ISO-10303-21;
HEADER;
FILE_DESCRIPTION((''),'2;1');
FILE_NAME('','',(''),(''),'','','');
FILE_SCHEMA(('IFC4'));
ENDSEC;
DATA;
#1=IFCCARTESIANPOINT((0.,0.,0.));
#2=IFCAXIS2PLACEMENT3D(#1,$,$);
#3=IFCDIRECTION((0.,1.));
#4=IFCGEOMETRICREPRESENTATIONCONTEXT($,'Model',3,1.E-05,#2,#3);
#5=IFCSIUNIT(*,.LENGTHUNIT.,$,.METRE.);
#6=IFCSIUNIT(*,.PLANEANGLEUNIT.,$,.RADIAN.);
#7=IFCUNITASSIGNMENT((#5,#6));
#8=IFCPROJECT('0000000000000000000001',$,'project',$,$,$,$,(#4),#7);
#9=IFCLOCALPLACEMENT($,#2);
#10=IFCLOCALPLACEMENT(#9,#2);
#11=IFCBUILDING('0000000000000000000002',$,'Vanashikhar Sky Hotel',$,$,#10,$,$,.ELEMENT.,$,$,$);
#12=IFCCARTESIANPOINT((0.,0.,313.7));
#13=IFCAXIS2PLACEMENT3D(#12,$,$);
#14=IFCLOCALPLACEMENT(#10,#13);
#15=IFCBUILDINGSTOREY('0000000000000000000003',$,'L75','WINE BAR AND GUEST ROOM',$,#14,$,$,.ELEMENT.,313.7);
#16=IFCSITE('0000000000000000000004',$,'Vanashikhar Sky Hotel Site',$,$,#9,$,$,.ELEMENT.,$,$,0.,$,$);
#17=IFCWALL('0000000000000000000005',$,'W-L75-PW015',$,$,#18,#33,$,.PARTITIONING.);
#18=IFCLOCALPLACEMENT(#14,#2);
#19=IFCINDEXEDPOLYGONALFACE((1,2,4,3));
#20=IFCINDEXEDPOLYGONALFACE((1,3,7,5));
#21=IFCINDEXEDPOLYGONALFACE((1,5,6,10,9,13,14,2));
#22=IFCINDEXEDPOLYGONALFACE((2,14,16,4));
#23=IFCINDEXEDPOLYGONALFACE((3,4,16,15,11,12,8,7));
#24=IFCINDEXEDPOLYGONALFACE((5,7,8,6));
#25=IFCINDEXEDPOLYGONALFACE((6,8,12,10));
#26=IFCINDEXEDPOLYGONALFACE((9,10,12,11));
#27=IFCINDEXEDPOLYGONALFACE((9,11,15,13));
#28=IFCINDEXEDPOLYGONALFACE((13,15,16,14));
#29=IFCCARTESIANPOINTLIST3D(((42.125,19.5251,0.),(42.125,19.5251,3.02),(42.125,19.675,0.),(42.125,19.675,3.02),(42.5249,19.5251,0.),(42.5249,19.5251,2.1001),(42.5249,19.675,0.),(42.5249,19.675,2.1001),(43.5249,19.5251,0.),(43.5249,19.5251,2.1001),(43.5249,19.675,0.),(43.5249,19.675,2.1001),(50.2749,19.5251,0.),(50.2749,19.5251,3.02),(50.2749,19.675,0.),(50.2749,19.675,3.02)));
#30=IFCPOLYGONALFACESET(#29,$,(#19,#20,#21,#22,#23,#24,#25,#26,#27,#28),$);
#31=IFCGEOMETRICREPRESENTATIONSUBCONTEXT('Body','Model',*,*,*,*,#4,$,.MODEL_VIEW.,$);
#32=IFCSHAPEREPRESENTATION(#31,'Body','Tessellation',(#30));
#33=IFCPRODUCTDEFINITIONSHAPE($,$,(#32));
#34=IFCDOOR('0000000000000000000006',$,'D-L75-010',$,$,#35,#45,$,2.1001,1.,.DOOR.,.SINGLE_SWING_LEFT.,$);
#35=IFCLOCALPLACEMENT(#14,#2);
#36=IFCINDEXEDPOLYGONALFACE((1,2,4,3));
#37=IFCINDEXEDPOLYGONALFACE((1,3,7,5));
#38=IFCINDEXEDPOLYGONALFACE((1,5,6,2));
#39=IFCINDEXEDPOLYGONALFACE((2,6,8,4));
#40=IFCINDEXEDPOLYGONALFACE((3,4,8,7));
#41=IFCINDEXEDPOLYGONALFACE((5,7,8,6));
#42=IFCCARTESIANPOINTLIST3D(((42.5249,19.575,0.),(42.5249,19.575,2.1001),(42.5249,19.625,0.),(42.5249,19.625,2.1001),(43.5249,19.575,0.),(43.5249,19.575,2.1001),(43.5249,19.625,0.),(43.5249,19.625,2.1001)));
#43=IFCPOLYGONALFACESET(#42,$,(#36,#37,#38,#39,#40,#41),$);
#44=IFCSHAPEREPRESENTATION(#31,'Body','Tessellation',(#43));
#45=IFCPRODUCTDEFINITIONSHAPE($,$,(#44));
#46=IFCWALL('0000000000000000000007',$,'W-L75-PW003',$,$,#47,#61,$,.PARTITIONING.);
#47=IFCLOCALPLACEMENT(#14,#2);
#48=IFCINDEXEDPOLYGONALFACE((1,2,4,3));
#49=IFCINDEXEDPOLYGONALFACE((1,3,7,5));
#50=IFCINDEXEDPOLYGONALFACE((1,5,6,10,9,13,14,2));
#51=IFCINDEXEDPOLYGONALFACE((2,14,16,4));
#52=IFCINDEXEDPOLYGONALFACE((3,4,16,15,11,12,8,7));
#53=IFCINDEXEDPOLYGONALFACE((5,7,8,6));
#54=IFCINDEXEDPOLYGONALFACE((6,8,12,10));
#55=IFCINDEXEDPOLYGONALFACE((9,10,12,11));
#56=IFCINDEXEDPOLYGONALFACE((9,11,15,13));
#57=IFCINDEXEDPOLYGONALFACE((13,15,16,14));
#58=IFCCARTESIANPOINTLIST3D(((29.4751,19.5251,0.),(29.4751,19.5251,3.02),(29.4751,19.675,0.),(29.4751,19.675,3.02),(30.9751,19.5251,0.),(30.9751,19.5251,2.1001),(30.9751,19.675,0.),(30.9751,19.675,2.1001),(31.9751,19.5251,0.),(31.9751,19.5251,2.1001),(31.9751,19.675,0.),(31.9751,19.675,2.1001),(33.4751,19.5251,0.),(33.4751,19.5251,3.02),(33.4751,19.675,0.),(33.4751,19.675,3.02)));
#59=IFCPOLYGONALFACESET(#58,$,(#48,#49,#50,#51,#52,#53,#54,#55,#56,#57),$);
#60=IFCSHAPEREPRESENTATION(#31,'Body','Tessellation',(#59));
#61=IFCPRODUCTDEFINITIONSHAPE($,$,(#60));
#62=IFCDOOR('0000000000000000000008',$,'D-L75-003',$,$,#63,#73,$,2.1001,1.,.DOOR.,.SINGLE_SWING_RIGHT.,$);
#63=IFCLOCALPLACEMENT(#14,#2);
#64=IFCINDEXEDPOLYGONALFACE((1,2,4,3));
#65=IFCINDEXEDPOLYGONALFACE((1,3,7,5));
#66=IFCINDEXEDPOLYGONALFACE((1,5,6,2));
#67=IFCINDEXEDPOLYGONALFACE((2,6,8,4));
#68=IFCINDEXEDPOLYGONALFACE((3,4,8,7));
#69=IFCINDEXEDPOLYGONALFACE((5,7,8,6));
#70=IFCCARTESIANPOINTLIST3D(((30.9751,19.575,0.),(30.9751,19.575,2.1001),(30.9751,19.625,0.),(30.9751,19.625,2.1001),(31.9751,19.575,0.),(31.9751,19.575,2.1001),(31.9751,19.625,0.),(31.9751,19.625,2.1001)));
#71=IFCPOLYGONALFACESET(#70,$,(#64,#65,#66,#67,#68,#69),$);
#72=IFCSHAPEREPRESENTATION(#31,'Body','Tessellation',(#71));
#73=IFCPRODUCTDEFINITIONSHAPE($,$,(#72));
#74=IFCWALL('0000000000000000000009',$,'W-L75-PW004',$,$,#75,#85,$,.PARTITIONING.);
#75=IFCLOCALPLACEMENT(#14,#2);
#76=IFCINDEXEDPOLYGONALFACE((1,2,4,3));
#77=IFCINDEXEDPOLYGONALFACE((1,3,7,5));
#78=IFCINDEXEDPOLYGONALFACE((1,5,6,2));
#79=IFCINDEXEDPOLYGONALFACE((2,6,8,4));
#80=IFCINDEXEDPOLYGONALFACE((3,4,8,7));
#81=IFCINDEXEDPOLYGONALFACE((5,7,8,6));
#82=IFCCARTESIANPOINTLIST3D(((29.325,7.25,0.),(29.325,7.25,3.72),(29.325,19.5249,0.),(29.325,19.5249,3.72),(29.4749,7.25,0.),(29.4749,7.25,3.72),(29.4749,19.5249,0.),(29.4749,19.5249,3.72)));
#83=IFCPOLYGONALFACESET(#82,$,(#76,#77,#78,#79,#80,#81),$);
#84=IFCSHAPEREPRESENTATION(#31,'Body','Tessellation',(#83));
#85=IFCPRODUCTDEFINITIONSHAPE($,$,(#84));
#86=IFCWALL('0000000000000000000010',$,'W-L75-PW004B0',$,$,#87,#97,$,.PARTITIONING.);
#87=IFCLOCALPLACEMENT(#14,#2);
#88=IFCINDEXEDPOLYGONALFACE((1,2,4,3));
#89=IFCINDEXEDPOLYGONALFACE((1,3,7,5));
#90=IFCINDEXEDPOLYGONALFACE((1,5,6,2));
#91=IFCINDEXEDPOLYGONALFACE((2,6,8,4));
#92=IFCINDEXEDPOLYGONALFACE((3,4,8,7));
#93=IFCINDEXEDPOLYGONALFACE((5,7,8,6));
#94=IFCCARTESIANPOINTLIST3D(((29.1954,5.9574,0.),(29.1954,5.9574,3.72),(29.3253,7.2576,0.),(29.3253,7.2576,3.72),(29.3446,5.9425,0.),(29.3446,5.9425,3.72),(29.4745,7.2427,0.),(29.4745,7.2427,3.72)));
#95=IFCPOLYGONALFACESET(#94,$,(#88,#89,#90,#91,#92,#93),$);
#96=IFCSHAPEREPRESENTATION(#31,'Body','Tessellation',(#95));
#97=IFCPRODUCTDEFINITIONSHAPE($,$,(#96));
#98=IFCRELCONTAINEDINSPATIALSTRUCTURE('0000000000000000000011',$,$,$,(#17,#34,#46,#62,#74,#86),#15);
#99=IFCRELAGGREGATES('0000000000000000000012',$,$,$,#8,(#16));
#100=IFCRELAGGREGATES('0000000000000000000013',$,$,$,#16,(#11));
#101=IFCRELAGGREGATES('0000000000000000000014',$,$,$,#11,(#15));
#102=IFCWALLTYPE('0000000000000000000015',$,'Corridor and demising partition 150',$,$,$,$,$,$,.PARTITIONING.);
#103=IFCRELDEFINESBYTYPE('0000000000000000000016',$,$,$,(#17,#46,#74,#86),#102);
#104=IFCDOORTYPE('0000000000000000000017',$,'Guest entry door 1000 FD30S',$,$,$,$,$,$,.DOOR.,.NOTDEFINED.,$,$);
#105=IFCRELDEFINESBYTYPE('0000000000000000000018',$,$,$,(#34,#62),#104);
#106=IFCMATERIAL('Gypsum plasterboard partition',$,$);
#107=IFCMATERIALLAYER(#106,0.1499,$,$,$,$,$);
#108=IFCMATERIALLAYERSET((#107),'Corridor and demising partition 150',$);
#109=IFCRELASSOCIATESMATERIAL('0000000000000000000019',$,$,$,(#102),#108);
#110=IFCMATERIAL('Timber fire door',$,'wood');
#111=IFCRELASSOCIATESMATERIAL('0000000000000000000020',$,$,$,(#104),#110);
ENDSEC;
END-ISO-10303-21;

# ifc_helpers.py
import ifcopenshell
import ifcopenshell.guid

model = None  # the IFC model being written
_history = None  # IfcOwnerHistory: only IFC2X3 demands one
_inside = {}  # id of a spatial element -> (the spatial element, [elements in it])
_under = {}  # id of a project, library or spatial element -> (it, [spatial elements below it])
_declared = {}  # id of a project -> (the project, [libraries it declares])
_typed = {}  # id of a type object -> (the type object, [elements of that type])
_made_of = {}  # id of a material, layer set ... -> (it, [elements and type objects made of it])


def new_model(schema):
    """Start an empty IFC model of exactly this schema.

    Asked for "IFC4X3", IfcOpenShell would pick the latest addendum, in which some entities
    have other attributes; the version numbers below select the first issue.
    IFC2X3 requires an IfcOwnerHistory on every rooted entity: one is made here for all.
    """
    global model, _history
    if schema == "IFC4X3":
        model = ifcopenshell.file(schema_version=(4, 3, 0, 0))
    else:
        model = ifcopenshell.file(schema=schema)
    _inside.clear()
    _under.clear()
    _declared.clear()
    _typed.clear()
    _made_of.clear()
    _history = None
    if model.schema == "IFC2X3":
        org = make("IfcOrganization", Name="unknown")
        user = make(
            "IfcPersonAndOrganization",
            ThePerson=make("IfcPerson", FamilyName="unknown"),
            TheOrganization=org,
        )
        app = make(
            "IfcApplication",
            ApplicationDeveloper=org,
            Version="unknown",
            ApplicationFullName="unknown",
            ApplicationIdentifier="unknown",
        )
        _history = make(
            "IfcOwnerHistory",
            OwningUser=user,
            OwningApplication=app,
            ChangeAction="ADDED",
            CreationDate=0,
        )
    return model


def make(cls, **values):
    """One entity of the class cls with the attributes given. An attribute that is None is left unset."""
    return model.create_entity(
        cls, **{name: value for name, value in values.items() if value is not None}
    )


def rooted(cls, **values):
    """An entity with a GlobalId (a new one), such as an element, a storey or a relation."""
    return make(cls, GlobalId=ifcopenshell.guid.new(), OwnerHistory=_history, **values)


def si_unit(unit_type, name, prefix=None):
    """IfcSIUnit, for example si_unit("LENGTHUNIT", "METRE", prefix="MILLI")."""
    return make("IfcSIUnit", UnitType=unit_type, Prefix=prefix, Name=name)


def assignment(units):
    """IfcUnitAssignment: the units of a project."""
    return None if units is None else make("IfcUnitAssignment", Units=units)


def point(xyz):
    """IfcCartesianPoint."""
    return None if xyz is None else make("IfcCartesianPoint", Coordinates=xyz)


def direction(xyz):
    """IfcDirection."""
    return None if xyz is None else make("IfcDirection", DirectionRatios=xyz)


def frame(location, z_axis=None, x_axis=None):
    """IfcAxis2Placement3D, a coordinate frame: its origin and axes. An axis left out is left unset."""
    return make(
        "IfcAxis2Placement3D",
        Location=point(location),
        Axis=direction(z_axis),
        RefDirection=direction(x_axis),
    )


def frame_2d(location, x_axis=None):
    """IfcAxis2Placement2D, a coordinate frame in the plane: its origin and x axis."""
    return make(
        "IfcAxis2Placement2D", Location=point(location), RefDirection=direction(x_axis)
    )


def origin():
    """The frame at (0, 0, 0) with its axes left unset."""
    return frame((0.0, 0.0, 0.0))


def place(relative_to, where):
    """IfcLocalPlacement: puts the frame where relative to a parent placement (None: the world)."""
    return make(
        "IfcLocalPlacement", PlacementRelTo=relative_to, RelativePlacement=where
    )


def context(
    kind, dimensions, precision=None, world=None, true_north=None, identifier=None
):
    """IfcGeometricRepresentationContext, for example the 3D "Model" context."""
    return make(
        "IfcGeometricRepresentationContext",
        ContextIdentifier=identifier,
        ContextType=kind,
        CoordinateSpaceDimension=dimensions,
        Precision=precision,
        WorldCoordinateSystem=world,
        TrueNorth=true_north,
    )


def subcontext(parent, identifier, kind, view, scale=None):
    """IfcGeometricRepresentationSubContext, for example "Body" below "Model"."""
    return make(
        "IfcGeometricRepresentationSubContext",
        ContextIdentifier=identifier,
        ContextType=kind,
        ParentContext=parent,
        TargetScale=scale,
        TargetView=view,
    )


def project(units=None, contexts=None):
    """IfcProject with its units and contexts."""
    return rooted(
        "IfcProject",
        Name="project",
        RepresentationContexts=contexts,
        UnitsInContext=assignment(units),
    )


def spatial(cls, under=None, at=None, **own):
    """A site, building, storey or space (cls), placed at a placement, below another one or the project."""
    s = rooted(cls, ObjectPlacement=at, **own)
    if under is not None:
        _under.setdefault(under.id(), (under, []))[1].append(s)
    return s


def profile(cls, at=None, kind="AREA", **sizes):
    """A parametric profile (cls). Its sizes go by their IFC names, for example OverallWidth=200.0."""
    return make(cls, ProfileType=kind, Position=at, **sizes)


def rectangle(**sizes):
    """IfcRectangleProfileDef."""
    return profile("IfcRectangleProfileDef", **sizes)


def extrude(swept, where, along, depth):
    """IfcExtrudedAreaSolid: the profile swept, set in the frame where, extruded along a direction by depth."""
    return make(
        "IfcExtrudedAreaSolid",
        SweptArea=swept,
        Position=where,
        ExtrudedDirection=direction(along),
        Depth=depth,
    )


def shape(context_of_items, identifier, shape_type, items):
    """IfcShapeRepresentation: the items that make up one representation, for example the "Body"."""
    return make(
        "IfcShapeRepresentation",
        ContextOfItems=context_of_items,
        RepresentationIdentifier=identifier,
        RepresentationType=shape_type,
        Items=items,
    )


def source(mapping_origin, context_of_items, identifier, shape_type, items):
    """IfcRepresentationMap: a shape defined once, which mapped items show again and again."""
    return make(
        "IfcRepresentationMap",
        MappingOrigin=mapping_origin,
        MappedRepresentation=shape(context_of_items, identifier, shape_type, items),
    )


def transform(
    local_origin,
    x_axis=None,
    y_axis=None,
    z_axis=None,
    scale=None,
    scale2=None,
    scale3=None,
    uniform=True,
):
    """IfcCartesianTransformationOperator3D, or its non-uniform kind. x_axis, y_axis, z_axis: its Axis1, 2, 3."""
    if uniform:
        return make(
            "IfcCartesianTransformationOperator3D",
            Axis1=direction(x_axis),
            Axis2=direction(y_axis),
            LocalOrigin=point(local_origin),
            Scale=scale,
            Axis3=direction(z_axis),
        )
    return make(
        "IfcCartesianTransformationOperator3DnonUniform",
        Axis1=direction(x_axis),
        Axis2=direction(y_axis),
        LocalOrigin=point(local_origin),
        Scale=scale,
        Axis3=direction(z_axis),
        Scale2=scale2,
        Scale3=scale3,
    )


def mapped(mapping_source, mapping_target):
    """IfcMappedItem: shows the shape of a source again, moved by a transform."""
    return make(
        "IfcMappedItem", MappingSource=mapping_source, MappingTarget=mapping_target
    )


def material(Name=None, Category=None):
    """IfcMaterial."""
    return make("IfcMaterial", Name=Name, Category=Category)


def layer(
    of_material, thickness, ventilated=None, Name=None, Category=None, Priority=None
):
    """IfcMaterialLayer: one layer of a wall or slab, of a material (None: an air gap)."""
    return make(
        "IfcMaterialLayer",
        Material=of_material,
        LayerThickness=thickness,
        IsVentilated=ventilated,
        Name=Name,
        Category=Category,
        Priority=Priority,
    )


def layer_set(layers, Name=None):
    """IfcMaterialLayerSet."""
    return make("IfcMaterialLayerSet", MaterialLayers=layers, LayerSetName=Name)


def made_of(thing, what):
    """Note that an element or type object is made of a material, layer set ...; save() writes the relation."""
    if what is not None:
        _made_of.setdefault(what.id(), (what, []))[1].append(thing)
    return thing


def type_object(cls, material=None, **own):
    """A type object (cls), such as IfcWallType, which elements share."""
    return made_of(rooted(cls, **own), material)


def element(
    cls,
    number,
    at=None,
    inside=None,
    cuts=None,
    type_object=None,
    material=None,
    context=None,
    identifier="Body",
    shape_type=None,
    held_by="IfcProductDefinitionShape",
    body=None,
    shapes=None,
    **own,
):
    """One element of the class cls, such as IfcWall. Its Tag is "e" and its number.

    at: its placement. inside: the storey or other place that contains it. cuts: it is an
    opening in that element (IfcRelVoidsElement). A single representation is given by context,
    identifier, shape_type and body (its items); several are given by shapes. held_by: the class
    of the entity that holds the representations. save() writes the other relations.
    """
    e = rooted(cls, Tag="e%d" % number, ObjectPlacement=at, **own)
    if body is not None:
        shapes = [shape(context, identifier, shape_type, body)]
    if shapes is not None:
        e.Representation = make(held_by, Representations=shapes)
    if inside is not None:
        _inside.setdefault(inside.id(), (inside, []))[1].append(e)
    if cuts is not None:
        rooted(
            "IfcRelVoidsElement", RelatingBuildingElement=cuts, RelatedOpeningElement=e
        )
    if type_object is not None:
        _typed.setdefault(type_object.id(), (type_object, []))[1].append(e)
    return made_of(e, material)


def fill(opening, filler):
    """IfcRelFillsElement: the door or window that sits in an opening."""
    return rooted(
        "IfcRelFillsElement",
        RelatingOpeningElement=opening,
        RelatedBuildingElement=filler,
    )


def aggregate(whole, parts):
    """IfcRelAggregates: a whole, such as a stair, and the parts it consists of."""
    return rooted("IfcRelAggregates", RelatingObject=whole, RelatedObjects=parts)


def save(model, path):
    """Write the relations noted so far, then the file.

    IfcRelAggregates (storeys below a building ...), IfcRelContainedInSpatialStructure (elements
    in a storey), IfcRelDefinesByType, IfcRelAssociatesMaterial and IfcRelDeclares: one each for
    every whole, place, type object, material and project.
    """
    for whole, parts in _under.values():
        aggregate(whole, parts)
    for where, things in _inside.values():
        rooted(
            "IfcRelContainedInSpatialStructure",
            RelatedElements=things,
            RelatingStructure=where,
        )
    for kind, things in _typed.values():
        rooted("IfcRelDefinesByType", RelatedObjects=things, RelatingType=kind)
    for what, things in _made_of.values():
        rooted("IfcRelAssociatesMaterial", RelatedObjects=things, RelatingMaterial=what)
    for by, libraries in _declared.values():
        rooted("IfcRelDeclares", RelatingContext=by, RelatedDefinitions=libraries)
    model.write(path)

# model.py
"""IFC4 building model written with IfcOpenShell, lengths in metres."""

from ifc_helpers import new_model, si_unit, direction, frame, frame_2d, origin, place, context, subcontext, project, spatial, rectangle, extrude, source, transform, mapped, material, layer, layer_set, type_object, element, fill, save


model = new_model("IFC4")

# Units and contexts
model_context = context("Model", 3, precision=1e-05, world=origin(), true_north=direction((0.0, 1.0)))
body_context = subcontext(model_context, "Body", "Model", "MODEL_VIEW")
ifc_project = project(units=[si_unit("LENGTHUNIT", "METRE"), si_unit("PLANEANGLEUNIT", "RADIAN")], contexts=[model_context])

# Site, building, storey
site_placement = place(None, origin())
site = spatial("IfcSite", under=ifc_project, at=site_placement, Name="Vanashikhar Sky Hotel Site", CompositionType="ELEMENT", RefElevation=0.0)
building_placement = place(site_placement, origin())
building = spatial("IfcBuilding", under=site, at=building_placement, Name="Vanashikhar Sky Hotel", CompositionType="ELEMENT")
storey_placement = place(building_placement, frame((0.0, 0.0, 313.7)))
storey = spatial("IfcBuildingStorey", under=building, at=storey_placement, Name="L75", Description="WINE BAR AND GUEST ROOM", CompositionType="ELEMENT", Elevation=313.7)

# Shared definitions
ifc_material_1 = material(Name="Gypsum plasterboard partition")

# Walls, openings, doors
ifc_layer_1 = layer(ifc_material_1, 0.1499)
ifc_layer_set_1 = layer_set([ifc_layer_1], Name="Corridor and demising partition 150")
wall_type_1 = type_object("IfcWallType", Name="Corridor and demising partition 150", PredefinedType="PARTITIONING", material=ifc_layer_set_1)
shared_shape_1 = source(origin(), body_context, "Body", "SweptSolid", [
    extrude(rectangle(XDim=8.1499, YDim=0.1499, at=frame_2d((4.075, 0.0))), origin(), (0.0, 0.0, 1.0), 3.02),
])
shared_shape_2 = source(origin(), body_context, "Body", "SweptSolid", [
    extrude(rectangle(XDim=1.0, YDim=2.1001, at=frame_2d((0.5, 1.05))), frame((0.0, 0.085, 0.0), z_axis=(0.0, -1.0, 0.0), x_axis=(1.0, 0.0, 0.0)), (0.0, 0.0, 1.0), 0.1699),
])
ifc_material_2 = material(Name="Timber fire door", Category="wood")
door_type_1 = type_object("IfcDoorType", Name="Guest entry door 1000 FD30S", OperationType="NOTDEFINED", PredefinedType="DOOR", material=ifc_material_2)
shared_shape_3 = source(origin(), body_context, "Body", "SweptSolid", [
    extrude(rectangle(XDim=1.0, YDim=2.1001, at=frame_2d((0.5, 1.05))), frame((0.0, 0.0249, 0.0), z_axis=(0.0, -1.0, 0.0), x_axis=(1.0, 0.0, 0.0)), (0.0, 0.0, 1.0), 0.05),
])
wall_1_placement = place(storey_placement, frame((42.125, 19.6001, 0.0), z_axis=(0.0, 0.0, 1.0), x_axis=(1.0, 0.0, 0.0)))
wall_1 = element("IfcWall", 1, at=wall_1_placement, inside=storey, type_object=wall_type_1, Name="W-L75-PW015", PredefinedType="PARTITIONING", context=body_context, shape_type="MappedRepresentation", body=[
    mapped(shared_shape_1, transform((0.0, 0.0, 0.0), scale=1.0)),
])
opening_1_placement = place(wall_1_placement, frame((0.3999, 0.0, 0.0)))
opening_1 = element("IfcOpeningElement", 2, at=opening_1_placement, cuts=wall_1, PredefinedType="OPENING", context=body_context, shape_type="MappedRepresentation", body=[
    mapped(shared_shape_2, transform((0.0, 0.0, 0.0), scale=1.0)),
])
door_1_placement = place(opening_1_placement, origin())
door_1 = element("IfcDoor", 3, at=door_1_placement, inside=storey, type_object=door_type_1, Name="D-L75-010", OperationType="SINGLE_SWING_LEFT", OverallHeight=2.1001, OverallWidth=1.0, PredefinedType="DOOR", context=body_context, shape_type="MappedRepresentation", body=[
    mapped(shared_shape_3, transform((0.0, 0.0, 0.0), scale=1.0)),
])
fill(opening_1, door_1)
shared_shape_4 = source(origin(), body_context, "Body", "SweptSolid", [
    extrude(rectangle(XDim=4.0, YDim=0.1499, at=frame_2d((2.0, 0.0))), origin(), (0.0, 0.0, 1.0), 3.02),
])
wall_2_placement = place(storey_placement, frame((29.4751, 19.6001, 0.0), z_axis=(0.0, 0.0, 1.0), x_axis=(1.0, 0.0, 0.0)))
wall_2 = element("IfcWall", 4, at=wall_2_placement, inside=storey, type_object=wall_type_1, Name="W-L75-PW003", PredefinedType="PARTITIONING", context=body_context, shape_type="MappedRepresentation", body=[
    mapped(shared_shape_4, transform((0.0, 0.0, 0.0), scale=1.0)),
])
opening_2_placement = place(wall_2_placement, frame((1.5, 0.0, 0.0)))
opening_2 = element("IfcOpeningElement", 5, at=opening_2_placement, cuts=wall_2, PredefinedType="OPENING", context=body_context, shape_type="MappedRepresentation", body=[
    mapped(shared_shape_2, transform((0.0, 0.0, 0.0), scale=1.0)),
])
door_2_placement = place(opening_2_placement, origin())
door_2 = element("IfcDoor", 6, at=door_2_placement, inside=storey, type_object=door_type_1, Name="D-L75-003", OperationType="SINGLE_SWING_RIGHT", OverallHeight=2.1001, OverallWidth=1.0, PredefinedType="DOOR", context=body_context, shape_type="MappedRepresentation", body=[
    mapped(shared_shape_3, transform((0.0, 0.0, 0.0), scale=1.0)),
])
fill(opening_2, door_2)

# Walls
shared_shape_5 = source(origin(), body_context, "Body", "SweptSolid", [
    extrude(rectangle(XDim=12.2749, YDim=0.1499, at=frame_2d((6.1375, 0.0))), origin(), (0.0, 0.0, 1.0), 3.72),
])
wall_3_placement = place(storey_placement, frame((29.3999, 7.25, 0.0), z_axis=(0.0, 0.0, 1.0), x_axis=(0.0, 1.0, 0.0)))
element("IfcWall", 7, at=wall_3_placement, inside=storey, type_object=wall_type_1, Name="W-L75-PW004", PredefinedType="PARTITIONING", context=body_context, shape_type="MappedRepresentation", body=[
    mapped(shared_shape_5, transform((0.0, 0.0, 0.0), scale=1.0)),
])
shared_shape_6 = source(origin(), body_context, "Body", "SweptSolid", [
    extrude(rectangle(XDim=1.3066, YDim=0.1499, at=frame_2d((0.6533, 0.0))), origin(), (0.0, 0.0, 1.0), 3.72),
])
wall_4_placement = place(storey_placement, frame((29.27, 5.95, 0.0), z_axis=(0.0, 0.0, 1.0), x_axis=(0.099411, 0.995046, 0.0)))
element("IfcWall", 8, at=wall_4_placement, inside=storey, type_object=wall_type_1, Name="W-L75-PW004B0", PredefinedType="PARTITIONING", context=body_context, shape_type="MappedRepresentation", body=[
    mapped(shared_shape_6, transform((0.0, 0.0, 0.0), scale=1.0)),
])

save(model, "model.ifc")
